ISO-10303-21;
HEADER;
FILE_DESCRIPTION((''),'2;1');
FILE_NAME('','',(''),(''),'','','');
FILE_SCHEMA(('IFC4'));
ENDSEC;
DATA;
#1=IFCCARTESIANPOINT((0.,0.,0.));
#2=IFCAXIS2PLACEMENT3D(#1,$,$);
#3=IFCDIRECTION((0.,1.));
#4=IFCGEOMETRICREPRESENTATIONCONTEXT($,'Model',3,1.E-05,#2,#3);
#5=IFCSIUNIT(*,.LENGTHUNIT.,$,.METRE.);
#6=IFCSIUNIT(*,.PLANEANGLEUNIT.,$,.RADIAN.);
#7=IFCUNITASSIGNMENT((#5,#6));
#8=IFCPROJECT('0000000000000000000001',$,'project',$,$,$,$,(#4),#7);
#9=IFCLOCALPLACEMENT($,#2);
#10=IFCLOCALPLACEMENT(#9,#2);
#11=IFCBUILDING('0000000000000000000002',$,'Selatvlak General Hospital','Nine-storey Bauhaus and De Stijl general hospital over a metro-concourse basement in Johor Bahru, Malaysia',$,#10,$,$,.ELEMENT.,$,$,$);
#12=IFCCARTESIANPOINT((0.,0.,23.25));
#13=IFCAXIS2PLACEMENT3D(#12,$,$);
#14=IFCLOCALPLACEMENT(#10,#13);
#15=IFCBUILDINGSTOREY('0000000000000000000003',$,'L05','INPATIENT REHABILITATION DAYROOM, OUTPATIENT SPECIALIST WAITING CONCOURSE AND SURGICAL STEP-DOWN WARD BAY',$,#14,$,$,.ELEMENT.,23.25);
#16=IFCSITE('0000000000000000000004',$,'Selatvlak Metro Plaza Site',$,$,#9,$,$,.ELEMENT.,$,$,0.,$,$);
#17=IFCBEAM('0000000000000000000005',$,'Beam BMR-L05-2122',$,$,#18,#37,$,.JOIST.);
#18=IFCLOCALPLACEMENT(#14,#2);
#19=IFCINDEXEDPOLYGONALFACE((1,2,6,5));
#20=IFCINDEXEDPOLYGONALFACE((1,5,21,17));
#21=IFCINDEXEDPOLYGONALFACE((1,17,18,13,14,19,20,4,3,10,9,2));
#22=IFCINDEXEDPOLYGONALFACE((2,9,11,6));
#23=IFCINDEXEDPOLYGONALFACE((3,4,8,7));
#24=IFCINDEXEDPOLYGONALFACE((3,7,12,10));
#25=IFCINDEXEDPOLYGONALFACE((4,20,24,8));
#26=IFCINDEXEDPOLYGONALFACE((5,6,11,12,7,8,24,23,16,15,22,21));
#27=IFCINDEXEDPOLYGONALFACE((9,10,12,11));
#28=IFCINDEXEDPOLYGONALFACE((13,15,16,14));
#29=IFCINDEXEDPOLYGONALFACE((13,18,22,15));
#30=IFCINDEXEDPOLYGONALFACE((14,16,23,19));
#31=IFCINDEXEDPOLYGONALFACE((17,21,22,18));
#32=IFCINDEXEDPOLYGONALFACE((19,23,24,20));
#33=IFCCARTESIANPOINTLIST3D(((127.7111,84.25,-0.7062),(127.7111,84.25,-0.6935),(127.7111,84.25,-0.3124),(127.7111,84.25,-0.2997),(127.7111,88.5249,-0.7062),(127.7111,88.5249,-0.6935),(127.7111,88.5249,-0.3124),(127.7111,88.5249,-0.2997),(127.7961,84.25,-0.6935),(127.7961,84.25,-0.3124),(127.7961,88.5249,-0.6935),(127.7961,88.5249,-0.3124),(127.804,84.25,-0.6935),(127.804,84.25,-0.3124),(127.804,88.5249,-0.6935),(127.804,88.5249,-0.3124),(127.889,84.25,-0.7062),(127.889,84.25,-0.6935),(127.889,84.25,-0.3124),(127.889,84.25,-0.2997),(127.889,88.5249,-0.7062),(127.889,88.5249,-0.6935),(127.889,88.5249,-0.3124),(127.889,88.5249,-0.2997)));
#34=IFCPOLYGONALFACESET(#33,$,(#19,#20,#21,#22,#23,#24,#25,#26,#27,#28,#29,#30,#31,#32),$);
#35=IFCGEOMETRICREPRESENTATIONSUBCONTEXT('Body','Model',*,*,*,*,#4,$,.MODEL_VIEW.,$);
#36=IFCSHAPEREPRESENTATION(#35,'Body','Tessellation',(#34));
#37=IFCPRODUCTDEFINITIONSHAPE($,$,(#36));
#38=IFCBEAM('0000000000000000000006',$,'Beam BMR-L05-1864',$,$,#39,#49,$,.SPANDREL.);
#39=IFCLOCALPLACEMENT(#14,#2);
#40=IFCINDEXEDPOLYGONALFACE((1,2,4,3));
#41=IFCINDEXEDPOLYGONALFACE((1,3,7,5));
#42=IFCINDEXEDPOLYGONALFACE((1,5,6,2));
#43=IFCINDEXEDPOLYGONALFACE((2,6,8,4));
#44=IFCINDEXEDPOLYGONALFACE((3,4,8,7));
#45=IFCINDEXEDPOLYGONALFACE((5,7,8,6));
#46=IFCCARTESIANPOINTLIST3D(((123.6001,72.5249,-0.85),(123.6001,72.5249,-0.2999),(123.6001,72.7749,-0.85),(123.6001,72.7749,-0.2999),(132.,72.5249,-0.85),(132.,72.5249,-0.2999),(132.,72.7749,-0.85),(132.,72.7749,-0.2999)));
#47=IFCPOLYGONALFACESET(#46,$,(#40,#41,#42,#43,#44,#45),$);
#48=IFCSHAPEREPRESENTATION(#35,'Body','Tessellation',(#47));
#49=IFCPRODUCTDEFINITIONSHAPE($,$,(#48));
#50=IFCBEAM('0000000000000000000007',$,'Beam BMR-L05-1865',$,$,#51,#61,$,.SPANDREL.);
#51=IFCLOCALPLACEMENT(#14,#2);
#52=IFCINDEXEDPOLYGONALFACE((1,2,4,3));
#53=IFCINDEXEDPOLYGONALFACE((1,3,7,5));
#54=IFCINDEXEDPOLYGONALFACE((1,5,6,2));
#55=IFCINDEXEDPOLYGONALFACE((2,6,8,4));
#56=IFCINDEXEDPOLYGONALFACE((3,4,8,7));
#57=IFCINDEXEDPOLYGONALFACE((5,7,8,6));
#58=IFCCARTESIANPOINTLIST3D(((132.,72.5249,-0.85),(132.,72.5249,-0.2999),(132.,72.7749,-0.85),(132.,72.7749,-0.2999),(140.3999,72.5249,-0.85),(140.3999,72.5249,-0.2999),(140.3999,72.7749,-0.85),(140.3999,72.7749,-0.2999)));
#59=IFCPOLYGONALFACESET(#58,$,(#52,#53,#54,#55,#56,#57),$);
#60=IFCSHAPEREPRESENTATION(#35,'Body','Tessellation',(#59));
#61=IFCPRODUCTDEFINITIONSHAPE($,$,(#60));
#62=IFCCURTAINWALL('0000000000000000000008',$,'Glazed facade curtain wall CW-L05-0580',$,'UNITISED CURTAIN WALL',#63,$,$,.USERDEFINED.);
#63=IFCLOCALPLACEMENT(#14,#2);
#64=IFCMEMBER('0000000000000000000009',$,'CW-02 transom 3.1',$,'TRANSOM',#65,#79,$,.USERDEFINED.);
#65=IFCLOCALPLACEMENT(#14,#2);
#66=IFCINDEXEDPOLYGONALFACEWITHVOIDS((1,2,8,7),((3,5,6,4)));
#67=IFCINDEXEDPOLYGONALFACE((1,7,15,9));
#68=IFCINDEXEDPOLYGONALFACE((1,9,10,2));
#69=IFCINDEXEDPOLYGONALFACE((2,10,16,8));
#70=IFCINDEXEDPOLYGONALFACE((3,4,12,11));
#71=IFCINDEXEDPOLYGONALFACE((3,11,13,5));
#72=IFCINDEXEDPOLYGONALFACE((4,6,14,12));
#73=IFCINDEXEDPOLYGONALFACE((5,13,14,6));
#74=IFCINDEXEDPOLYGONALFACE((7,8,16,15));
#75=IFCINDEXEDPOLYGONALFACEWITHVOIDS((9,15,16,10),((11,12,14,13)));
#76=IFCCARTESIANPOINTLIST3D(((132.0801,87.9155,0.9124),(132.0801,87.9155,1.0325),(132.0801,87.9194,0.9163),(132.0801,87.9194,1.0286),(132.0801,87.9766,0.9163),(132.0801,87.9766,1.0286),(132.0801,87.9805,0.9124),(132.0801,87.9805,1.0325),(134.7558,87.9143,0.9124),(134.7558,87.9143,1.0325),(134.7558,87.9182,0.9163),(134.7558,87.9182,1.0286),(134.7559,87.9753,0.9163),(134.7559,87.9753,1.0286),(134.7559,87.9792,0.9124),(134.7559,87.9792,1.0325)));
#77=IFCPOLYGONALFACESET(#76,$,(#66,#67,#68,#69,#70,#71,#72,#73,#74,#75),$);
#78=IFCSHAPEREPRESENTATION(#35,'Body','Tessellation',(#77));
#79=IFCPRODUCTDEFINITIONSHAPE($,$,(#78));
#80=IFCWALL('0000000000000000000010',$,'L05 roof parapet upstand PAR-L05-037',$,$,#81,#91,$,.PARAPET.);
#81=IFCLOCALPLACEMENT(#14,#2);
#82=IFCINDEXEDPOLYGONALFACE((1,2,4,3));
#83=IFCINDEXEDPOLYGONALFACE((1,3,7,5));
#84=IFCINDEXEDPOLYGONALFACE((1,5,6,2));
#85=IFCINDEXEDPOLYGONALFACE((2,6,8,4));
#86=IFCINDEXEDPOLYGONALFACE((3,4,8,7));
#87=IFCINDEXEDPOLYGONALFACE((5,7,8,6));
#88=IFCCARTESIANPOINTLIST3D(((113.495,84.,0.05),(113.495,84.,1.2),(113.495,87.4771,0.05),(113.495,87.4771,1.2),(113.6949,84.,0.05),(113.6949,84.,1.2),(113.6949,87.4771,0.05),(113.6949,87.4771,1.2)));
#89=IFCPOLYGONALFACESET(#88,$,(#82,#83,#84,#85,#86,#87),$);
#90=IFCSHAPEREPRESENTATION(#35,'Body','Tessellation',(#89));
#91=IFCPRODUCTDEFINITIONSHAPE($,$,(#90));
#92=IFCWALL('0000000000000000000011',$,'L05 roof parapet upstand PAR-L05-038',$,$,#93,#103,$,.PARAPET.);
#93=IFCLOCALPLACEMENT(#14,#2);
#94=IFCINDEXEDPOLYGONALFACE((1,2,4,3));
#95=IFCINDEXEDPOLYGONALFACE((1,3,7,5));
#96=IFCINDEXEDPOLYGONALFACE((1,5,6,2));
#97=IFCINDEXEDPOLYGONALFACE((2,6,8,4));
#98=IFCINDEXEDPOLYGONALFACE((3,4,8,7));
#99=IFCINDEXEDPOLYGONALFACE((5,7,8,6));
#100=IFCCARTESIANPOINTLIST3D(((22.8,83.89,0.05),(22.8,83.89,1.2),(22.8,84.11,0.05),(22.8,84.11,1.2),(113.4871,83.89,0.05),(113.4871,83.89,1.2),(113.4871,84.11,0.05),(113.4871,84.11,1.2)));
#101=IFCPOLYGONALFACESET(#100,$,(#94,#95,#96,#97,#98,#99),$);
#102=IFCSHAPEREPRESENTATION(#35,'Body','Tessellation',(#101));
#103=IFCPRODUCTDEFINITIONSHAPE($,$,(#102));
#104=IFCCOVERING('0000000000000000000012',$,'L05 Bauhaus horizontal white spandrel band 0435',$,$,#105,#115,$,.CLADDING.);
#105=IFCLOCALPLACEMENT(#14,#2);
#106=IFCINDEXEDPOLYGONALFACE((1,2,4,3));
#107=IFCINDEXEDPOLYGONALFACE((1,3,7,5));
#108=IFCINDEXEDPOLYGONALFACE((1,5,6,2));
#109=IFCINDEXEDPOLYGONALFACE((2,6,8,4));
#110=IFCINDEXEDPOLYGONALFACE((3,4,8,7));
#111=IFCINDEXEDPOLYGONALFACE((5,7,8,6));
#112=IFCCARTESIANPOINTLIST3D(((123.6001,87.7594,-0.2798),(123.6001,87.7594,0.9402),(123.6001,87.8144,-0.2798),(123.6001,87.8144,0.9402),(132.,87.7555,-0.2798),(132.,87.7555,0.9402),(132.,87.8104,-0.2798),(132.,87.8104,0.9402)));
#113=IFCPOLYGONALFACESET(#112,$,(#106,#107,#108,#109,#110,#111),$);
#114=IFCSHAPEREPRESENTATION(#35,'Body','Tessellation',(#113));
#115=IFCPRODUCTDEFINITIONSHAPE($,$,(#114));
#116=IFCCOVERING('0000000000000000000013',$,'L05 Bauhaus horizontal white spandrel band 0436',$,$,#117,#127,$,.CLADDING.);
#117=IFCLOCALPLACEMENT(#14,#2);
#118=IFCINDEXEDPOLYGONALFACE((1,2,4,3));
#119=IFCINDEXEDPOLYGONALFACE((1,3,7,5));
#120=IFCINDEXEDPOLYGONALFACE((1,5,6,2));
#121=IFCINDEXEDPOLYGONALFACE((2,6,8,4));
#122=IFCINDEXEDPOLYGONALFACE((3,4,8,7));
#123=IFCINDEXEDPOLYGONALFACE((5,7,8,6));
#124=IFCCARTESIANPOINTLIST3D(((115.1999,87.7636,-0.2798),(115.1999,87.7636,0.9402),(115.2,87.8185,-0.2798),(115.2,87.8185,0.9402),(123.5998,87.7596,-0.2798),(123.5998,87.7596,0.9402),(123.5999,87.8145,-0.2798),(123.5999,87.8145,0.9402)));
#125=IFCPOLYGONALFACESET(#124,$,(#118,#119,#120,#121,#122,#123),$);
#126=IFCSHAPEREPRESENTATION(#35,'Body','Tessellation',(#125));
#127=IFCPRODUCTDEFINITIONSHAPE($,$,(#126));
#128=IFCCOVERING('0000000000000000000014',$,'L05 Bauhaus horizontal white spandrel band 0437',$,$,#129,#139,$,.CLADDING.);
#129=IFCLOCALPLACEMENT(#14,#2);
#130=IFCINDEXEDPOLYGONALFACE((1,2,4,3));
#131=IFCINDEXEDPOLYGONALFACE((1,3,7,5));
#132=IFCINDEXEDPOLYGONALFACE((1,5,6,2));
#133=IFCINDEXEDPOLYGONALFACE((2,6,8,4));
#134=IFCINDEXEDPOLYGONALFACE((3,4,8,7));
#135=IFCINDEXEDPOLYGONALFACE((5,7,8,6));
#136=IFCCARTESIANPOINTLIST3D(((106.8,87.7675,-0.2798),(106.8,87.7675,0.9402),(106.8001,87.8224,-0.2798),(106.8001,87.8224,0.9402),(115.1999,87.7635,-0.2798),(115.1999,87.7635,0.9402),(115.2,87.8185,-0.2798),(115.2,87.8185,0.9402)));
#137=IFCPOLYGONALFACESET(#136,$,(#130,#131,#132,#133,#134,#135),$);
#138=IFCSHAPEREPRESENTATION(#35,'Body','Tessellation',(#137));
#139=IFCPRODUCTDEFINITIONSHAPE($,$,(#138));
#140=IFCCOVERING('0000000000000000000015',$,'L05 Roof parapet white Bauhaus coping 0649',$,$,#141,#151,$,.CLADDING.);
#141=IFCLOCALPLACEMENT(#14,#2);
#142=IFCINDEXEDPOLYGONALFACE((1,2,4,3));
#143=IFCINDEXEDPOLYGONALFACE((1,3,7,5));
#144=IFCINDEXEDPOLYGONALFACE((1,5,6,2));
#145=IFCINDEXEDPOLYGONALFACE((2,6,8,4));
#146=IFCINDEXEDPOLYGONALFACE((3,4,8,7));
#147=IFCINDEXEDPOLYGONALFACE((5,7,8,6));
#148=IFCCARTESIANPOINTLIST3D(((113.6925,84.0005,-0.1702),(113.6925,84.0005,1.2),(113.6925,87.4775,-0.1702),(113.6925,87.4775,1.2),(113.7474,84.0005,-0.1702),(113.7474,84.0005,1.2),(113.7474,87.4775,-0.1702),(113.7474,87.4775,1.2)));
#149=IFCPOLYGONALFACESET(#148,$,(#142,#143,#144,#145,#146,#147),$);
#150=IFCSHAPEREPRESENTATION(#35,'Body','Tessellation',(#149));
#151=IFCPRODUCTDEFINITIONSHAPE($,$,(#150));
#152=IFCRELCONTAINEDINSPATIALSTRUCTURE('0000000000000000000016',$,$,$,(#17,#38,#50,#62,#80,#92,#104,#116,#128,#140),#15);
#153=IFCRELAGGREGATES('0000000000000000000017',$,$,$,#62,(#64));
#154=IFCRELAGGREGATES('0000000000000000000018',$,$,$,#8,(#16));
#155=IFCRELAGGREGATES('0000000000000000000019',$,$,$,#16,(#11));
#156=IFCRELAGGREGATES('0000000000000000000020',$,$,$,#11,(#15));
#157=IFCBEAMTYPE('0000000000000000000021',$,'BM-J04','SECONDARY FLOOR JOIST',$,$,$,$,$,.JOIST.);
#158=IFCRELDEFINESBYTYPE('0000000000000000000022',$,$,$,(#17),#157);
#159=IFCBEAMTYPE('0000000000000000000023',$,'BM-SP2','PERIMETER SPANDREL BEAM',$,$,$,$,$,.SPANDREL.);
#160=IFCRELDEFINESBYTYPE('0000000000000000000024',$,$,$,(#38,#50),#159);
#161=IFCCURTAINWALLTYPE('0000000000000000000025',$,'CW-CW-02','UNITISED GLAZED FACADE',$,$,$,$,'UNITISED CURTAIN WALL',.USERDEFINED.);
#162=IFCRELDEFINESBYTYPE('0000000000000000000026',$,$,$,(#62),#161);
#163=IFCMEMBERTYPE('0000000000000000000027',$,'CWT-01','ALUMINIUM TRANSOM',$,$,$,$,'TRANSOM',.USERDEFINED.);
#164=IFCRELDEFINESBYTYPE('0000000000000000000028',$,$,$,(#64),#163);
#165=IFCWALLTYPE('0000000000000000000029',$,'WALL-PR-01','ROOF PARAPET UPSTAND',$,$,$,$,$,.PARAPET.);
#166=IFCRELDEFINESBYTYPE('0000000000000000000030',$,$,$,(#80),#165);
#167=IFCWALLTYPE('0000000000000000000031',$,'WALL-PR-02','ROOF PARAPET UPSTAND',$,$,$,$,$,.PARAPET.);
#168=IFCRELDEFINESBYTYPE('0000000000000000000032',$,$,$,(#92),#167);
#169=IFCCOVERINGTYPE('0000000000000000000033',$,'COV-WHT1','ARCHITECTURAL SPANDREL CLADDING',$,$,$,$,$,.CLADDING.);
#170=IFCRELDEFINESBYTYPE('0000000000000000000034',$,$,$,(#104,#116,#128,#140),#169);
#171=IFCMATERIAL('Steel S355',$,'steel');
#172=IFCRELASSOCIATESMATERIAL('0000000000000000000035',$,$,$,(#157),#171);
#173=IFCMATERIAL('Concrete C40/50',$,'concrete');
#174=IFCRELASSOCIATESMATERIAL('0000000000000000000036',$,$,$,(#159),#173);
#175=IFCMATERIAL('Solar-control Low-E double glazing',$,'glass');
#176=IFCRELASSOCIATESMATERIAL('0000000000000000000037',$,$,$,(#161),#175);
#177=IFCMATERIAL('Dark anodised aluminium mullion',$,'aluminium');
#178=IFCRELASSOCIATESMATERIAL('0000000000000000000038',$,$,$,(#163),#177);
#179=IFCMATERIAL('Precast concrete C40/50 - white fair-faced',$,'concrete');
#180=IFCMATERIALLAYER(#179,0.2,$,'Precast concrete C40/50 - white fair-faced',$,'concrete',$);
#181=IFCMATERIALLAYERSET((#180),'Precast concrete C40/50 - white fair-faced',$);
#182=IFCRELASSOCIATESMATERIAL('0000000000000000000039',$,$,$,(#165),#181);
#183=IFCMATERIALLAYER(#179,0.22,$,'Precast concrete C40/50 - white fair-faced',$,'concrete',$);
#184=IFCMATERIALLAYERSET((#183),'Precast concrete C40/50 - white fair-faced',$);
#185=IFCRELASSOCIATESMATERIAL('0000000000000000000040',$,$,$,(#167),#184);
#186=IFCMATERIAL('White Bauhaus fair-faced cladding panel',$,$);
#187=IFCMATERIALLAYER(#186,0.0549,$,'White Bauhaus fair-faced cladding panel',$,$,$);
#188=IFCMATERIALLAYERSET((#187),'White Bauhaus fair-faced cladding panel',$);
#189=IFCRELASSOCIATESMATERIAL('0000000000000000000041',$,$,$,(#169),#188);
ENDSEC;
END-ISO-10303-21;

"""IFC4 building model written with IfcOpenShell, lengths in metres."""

from ifc_helpers import new_model, si_unit, direction, frame, frame_2d, origin, origin_2d, place, context, subcontext, project, spatial, rectangle, hollow_rectangle, i_section, extrude, material, layer, layer_set, material_profile, profile_set, type_object, element, aggregate, save


model = new_model("IFC4")

# Units and contexts
model_context = context("Model", 3, precision=1e-05, world=origin(), true_north=direction((0.0, 1.0)))
body_context = subcontext(model_context, "Body", "Model", "MODEL_VIEW")
ifc_project = project(units=[si_unit("LENGTHUNIT", "METRE"), si_unit("PLANEANGLEUNIT", "RADIAN")], contexts=[model_context])

# Site, building, storey
site_placement = place(None, origin())
site = spatial("IfcSite", under=ifc_project, at=site_placement, Name="Selatvlak Metro Plaza Site", CompositionType="ELEMENT", RefElevation=0.0)
building_placement = place(site_placement, origin())
building = spatial("IfcBuilding", under=site, at=building_placement, Name="Selatvlak General Hospital", Description="Nine-storey Bauhaus and De Stijl general hospital over a metro-concourse basement in Johor Bahru, Malaysia", CompositionType="ELEMENT")
storey_placement = place(building_placement, frame((0.0, 0.0, 23.25)))
storey = spatial("IfcBuildingStorey", under=building, at=storey_placement, Name="L05", Description="INPATIENT REHABILITATION DAYROOM, OUTPATIENT SPECIALIST WAITING CONCOURSE AND SURGICAL STEP-DOWN WARD BAY", CompositionType="ELEMENT", Elevation=23.25)

# Beams
ifc_material_1 = material(Name="Concrete C40/50", Category="concrete")
ifc_material_2 = material(Name="Steel S355", Category="steel")
ifc_material_profile_1 = material_profile(ifc_material_2, i_section(OverallWidth=0.178, OverallDepth=0.4065, WebThickness=0.0078, FlangeThickness=0.0127, at=origin_2d()), Name="UB 406x178x60")
ifc_profile_set_1 = profile_set([ifc_material_profile_1], Name="Steel S355")
beam_type_1 = type_object("IfcBeamType", Name="BM-J04", Description="SECONDARY FLOOR JOIST", PredefinedType="JOIST", material=ifc_profile_set_1)
beam_1_placement = place(storey_placement, frame((127.8, 84.25, -0.5029), z_axis=(0.0, 1.0, 0.0), x_axis=(-1.0, 0.0, 0.0)))
element("IfcBeam", 1, at=beam_1_placement, inside=storey, type_object=beam_type_1, Name="Beam BMR-L05-2122", PredefinedType="JOIST", context=body_context, shape_type="SweptSolid", body=[
    extrude(i_section(OverallWidth=0.178, OverallDepth=0.4065, WebThickness=0.0078, FlangeThickness=0.0127, at=origin_2d()), origin(), (0.0, 0.0, 1.0), 4.2749),
])
ifc_material_profile_2 = material_profile(ifc_material_1, rectangle(XDim=0.25, YDim=0.55, at=origin_2d()), Name="RC-SP 250x550")
ifc_profile_set_2 = profile_set([ifc_material_profile_2], Name="Concrete C40/50")
beam_type_2 = type_object("IfcBeamType", Name="BM-SP2", Description="PERIMETER SPANDREL BEAM", PredefinedType="SPANDREL", material=ifc_profile_set_2)
for number, where, z_axis, x_axis, name in (
    (2, (123.6001, 72.6499, -0.575), (1.0, 0.0, 0.0), (0.0, 1.0, 0.0), "Beam BMR-L05-1864"),
    (3, (132.0, 72.6499, -0.575), (1.0, 0.0, 0.0), (0.0, 1.0, 0.0), "Beam BMR-L05-1865"),
):
    element("IfcBeam", number, at=place(storey_placement, frame(where, z_axis=z_axis, x_axis=x_axis)), inside=storey, type_object=beam_type_2, Name=name, PredefinedType="SPANDREL", context=body_context, shape_type="SweptSolid", body=[
        extrude(rectangle(XDim=0.25, YDim=0.55, at=origin_2d()), origin(), (0.0, 0.0, 1.0), 8.3999),
    ])

# Curtain wall, member
ifc_material_3 = material(Name="Solar-control Low-E double glazing", Category="glass")
curtain_wall_type = type_object("IfcCurtainWallType", Name="CW-CW-02", Description="UNITISED GLAZED FACADE", ElementType="UNITISED CURTAIN WALL", PredefinedType="USERDEFINED", material=ifc_material_3)
curtain_wall_placement = place(storey_placement, origin())
curtain_wall = element("IfcCurtainWall", 4, at=curtain_wall_placement, inside=storey, type_object=curtain_wall_type, Name="Glazed facade curtain wall CW-L05-0580", ObjectType="UNITISED CURTAIN WALL", PredefinedType="USERDEFINED")
ifc_material_4 = material(Name="Dark anodised aluminium mullion", Category="aluminium")
ifc_material_profile_3 = material_profile(ifc_material_4, hollow_rectangle(XDim=0.0649, YDim=0.1201, WallThickness=0.0039, at=origin_2d()), Name="AL-TRN 65x120x4")
ifc_profile_set_3 = profile_set([ifc_material_profile_3], Name="Dark anodised aluminium mullion")
member_type = type_object("IfcMemberType", Name="CWT-01", Description="ALUMINIUM TRANSOM", ElementType="TRANSOM", PredefinedType="USERDEFINED", material=ifc_profile_set_3)
member_placement = place(storey_placement, frame((134.7559, 87.9468, 0.9724), z_axis=(-1.0, 0.000456, 0.0), x_axis=(-0.000456, -1.0, 0.0)))
member = element("IfcMember", 5, at=member_placement, type_object=member_type, Name="CW-02 transom 3.1", ObjectType="TRANSOM", PredefinedType="USERDEFINED", context=body_context, shape_type="SweptSolid", body=[
    extrude(hollow_rectangle(XDim=0.0649, YDim=0.1201, WallThickness=0.0039, at=origin_2d()), origin(), (0.0, 0.0, 1.0), 2.6758),
])
aggregate(curtain_wall, [member])

# Walls
ifc_material_5 = material(Name="Precast concrete C40/50 - white fair-faced", Category="concrete")
ifc_layer_1 = layer(ifc_material_5, 0.2, Name="Precast concrete C40/50 - white fair-faced", Category="concrete")
ifc_layer_set_1 = layer_set([ifc_layer_1], Name="Precast concrete C40/50 - white fair-faced")
wall_type_1 = type_object("IfcWallType", Name="WALL-PR-01", Description="ROOF PARAPET UPSTAND", PredefinedType="PARAPET", material=ifc_layer_set_1)
wall_1_placement = place(storey_placement, frame((113.595, 87.4771, 0.05), z_axis=(0.0, 0.0, 1.0), x_axis=(0.0, -1.0, 0.0)))
element("IfcWall", 6, at=wall_1_placement, inside=storey, type_object=wall_type_1, Name="L05 roof parapet upstand PAR-L05-037", PredefinedType="PARAPET", context=body_context, shape_type="SweptSolid", body=[
    extrude(rectangle(XDim=3.4771, YDim=0.2, at=frame_2d((1.7385, 0.0))), origin(), (0.0, 0.0, 1.0), 1.1499),
])
ifc_layer_2 = layer(ifc_material_5, 0.22, Name="Precast concrete C40/50 - white fair-faced", Category="concrete")
ifc_layer_set_2 = layer_set([ifc_layer_2], Name="Precast concrete C40/50 - white fair-faced")
wall_type_2 = type_object("IfcWallType", Name="WALL-PR-02", Description="ROOF PARAPET UPSTAND", PredefinedType="PARAPET", material=ifc_layer_set_2)
wall_2_placement = place(storey_placement, frame((113.4871, 84.0, 0.05), z_axis=(0.0, 0.0, 1.0), x_axis=(-1.0, 0.0, 0.0)))
element("IfcWall", 7, at=wall_2_placement, inside=storey, type_object=wall_type_2, Name="L05 roof parapet upstand PAR-L05-038", PredefinedType="PARAPET", context=body_context, shape_type="SweptSolid", body=[
    extrude(rectangle(XDim=90.687, YDim=0.22, at=frame_2d((45.3435, 0.0))), origin(), (0.0, 0.0, 1.0), 1.1499),
])

# Coverings
ifc_material_6 = material(Name="White Bauhaus fair-faced cladding panel")
ifc_layer_3 = layer(ifc_material_6, 0.0549, Name="White Bauhaus fair-faced cladding panel")
ifc_layer_set_3 = layer_set([ifc_layer_3], Name="White Bauhaus fair-faced cladding panel")
covering_type = type_object("IfcCoveringType", Name="COV-WHT1", Description="ARCHITECTURAL SPANDREL CLADDING", PredefinedType="CLADDING", material=ifc_layer_set_3)
for number, where, z_axis, x_axis, name in (
    (8, (127.8, 87.7849, -0.2798), (0.0, 0.0, 1.0), (-1.0, 0.000471, 0.0), "L05 Bauhaus horizontal white spandrel band 0435"),
    (9, (119.3999, 87.7891, -0.2798), (0.0, 0.0, 1.0), (-1.0, 0.000471, 0.0), "L05 Bauhaus horizontal white spandrel band 0436"),
    (10, (111.0, 87.793, -0.2798), (0.0, 0.0, 1.0), (-1.0, 0.000471, 0.0), "L05 Bauhaus horizontal white spandrel band 0437"),
):
    element("IfcCovering", number, at=place(storey_placement, frame(where, z_axis=z_axis, x_axis=x_axis)), inside=storey, type_object=covering_type, Name=name, PredefinedType="CLADDING", context=body_context, shape_type="SweptSolid", body=[
        extrude(rectangle(XDim=8.3999, YDim=0.0549, at=origin_2d()), origin(), (0.0, 0.0, 1.0), 1.22),
    ])
covering_placement = place(storey_placement, frame((113.72, 85.739, -0.1702), z_axis=(0.0, 0.0, 1.0), x_axis=(0.0, -1.0, 0.0)))
element("IfcCovering", 11, at=covering_placement, inside=storey, type_object=covering_type, Name="L05 Roof parapet white Bauhaus coping 0649", PredefinedType="CLADDING", context=body_context, shape_type="SweptSolid", body=[
    extrude(rectangle(XDim=3.4771, YDim=0.0549, at=origin_2d()), origin(), (0.0, 0.0, 1.0), 1.3701),
])

save(model, "model.ifc")
